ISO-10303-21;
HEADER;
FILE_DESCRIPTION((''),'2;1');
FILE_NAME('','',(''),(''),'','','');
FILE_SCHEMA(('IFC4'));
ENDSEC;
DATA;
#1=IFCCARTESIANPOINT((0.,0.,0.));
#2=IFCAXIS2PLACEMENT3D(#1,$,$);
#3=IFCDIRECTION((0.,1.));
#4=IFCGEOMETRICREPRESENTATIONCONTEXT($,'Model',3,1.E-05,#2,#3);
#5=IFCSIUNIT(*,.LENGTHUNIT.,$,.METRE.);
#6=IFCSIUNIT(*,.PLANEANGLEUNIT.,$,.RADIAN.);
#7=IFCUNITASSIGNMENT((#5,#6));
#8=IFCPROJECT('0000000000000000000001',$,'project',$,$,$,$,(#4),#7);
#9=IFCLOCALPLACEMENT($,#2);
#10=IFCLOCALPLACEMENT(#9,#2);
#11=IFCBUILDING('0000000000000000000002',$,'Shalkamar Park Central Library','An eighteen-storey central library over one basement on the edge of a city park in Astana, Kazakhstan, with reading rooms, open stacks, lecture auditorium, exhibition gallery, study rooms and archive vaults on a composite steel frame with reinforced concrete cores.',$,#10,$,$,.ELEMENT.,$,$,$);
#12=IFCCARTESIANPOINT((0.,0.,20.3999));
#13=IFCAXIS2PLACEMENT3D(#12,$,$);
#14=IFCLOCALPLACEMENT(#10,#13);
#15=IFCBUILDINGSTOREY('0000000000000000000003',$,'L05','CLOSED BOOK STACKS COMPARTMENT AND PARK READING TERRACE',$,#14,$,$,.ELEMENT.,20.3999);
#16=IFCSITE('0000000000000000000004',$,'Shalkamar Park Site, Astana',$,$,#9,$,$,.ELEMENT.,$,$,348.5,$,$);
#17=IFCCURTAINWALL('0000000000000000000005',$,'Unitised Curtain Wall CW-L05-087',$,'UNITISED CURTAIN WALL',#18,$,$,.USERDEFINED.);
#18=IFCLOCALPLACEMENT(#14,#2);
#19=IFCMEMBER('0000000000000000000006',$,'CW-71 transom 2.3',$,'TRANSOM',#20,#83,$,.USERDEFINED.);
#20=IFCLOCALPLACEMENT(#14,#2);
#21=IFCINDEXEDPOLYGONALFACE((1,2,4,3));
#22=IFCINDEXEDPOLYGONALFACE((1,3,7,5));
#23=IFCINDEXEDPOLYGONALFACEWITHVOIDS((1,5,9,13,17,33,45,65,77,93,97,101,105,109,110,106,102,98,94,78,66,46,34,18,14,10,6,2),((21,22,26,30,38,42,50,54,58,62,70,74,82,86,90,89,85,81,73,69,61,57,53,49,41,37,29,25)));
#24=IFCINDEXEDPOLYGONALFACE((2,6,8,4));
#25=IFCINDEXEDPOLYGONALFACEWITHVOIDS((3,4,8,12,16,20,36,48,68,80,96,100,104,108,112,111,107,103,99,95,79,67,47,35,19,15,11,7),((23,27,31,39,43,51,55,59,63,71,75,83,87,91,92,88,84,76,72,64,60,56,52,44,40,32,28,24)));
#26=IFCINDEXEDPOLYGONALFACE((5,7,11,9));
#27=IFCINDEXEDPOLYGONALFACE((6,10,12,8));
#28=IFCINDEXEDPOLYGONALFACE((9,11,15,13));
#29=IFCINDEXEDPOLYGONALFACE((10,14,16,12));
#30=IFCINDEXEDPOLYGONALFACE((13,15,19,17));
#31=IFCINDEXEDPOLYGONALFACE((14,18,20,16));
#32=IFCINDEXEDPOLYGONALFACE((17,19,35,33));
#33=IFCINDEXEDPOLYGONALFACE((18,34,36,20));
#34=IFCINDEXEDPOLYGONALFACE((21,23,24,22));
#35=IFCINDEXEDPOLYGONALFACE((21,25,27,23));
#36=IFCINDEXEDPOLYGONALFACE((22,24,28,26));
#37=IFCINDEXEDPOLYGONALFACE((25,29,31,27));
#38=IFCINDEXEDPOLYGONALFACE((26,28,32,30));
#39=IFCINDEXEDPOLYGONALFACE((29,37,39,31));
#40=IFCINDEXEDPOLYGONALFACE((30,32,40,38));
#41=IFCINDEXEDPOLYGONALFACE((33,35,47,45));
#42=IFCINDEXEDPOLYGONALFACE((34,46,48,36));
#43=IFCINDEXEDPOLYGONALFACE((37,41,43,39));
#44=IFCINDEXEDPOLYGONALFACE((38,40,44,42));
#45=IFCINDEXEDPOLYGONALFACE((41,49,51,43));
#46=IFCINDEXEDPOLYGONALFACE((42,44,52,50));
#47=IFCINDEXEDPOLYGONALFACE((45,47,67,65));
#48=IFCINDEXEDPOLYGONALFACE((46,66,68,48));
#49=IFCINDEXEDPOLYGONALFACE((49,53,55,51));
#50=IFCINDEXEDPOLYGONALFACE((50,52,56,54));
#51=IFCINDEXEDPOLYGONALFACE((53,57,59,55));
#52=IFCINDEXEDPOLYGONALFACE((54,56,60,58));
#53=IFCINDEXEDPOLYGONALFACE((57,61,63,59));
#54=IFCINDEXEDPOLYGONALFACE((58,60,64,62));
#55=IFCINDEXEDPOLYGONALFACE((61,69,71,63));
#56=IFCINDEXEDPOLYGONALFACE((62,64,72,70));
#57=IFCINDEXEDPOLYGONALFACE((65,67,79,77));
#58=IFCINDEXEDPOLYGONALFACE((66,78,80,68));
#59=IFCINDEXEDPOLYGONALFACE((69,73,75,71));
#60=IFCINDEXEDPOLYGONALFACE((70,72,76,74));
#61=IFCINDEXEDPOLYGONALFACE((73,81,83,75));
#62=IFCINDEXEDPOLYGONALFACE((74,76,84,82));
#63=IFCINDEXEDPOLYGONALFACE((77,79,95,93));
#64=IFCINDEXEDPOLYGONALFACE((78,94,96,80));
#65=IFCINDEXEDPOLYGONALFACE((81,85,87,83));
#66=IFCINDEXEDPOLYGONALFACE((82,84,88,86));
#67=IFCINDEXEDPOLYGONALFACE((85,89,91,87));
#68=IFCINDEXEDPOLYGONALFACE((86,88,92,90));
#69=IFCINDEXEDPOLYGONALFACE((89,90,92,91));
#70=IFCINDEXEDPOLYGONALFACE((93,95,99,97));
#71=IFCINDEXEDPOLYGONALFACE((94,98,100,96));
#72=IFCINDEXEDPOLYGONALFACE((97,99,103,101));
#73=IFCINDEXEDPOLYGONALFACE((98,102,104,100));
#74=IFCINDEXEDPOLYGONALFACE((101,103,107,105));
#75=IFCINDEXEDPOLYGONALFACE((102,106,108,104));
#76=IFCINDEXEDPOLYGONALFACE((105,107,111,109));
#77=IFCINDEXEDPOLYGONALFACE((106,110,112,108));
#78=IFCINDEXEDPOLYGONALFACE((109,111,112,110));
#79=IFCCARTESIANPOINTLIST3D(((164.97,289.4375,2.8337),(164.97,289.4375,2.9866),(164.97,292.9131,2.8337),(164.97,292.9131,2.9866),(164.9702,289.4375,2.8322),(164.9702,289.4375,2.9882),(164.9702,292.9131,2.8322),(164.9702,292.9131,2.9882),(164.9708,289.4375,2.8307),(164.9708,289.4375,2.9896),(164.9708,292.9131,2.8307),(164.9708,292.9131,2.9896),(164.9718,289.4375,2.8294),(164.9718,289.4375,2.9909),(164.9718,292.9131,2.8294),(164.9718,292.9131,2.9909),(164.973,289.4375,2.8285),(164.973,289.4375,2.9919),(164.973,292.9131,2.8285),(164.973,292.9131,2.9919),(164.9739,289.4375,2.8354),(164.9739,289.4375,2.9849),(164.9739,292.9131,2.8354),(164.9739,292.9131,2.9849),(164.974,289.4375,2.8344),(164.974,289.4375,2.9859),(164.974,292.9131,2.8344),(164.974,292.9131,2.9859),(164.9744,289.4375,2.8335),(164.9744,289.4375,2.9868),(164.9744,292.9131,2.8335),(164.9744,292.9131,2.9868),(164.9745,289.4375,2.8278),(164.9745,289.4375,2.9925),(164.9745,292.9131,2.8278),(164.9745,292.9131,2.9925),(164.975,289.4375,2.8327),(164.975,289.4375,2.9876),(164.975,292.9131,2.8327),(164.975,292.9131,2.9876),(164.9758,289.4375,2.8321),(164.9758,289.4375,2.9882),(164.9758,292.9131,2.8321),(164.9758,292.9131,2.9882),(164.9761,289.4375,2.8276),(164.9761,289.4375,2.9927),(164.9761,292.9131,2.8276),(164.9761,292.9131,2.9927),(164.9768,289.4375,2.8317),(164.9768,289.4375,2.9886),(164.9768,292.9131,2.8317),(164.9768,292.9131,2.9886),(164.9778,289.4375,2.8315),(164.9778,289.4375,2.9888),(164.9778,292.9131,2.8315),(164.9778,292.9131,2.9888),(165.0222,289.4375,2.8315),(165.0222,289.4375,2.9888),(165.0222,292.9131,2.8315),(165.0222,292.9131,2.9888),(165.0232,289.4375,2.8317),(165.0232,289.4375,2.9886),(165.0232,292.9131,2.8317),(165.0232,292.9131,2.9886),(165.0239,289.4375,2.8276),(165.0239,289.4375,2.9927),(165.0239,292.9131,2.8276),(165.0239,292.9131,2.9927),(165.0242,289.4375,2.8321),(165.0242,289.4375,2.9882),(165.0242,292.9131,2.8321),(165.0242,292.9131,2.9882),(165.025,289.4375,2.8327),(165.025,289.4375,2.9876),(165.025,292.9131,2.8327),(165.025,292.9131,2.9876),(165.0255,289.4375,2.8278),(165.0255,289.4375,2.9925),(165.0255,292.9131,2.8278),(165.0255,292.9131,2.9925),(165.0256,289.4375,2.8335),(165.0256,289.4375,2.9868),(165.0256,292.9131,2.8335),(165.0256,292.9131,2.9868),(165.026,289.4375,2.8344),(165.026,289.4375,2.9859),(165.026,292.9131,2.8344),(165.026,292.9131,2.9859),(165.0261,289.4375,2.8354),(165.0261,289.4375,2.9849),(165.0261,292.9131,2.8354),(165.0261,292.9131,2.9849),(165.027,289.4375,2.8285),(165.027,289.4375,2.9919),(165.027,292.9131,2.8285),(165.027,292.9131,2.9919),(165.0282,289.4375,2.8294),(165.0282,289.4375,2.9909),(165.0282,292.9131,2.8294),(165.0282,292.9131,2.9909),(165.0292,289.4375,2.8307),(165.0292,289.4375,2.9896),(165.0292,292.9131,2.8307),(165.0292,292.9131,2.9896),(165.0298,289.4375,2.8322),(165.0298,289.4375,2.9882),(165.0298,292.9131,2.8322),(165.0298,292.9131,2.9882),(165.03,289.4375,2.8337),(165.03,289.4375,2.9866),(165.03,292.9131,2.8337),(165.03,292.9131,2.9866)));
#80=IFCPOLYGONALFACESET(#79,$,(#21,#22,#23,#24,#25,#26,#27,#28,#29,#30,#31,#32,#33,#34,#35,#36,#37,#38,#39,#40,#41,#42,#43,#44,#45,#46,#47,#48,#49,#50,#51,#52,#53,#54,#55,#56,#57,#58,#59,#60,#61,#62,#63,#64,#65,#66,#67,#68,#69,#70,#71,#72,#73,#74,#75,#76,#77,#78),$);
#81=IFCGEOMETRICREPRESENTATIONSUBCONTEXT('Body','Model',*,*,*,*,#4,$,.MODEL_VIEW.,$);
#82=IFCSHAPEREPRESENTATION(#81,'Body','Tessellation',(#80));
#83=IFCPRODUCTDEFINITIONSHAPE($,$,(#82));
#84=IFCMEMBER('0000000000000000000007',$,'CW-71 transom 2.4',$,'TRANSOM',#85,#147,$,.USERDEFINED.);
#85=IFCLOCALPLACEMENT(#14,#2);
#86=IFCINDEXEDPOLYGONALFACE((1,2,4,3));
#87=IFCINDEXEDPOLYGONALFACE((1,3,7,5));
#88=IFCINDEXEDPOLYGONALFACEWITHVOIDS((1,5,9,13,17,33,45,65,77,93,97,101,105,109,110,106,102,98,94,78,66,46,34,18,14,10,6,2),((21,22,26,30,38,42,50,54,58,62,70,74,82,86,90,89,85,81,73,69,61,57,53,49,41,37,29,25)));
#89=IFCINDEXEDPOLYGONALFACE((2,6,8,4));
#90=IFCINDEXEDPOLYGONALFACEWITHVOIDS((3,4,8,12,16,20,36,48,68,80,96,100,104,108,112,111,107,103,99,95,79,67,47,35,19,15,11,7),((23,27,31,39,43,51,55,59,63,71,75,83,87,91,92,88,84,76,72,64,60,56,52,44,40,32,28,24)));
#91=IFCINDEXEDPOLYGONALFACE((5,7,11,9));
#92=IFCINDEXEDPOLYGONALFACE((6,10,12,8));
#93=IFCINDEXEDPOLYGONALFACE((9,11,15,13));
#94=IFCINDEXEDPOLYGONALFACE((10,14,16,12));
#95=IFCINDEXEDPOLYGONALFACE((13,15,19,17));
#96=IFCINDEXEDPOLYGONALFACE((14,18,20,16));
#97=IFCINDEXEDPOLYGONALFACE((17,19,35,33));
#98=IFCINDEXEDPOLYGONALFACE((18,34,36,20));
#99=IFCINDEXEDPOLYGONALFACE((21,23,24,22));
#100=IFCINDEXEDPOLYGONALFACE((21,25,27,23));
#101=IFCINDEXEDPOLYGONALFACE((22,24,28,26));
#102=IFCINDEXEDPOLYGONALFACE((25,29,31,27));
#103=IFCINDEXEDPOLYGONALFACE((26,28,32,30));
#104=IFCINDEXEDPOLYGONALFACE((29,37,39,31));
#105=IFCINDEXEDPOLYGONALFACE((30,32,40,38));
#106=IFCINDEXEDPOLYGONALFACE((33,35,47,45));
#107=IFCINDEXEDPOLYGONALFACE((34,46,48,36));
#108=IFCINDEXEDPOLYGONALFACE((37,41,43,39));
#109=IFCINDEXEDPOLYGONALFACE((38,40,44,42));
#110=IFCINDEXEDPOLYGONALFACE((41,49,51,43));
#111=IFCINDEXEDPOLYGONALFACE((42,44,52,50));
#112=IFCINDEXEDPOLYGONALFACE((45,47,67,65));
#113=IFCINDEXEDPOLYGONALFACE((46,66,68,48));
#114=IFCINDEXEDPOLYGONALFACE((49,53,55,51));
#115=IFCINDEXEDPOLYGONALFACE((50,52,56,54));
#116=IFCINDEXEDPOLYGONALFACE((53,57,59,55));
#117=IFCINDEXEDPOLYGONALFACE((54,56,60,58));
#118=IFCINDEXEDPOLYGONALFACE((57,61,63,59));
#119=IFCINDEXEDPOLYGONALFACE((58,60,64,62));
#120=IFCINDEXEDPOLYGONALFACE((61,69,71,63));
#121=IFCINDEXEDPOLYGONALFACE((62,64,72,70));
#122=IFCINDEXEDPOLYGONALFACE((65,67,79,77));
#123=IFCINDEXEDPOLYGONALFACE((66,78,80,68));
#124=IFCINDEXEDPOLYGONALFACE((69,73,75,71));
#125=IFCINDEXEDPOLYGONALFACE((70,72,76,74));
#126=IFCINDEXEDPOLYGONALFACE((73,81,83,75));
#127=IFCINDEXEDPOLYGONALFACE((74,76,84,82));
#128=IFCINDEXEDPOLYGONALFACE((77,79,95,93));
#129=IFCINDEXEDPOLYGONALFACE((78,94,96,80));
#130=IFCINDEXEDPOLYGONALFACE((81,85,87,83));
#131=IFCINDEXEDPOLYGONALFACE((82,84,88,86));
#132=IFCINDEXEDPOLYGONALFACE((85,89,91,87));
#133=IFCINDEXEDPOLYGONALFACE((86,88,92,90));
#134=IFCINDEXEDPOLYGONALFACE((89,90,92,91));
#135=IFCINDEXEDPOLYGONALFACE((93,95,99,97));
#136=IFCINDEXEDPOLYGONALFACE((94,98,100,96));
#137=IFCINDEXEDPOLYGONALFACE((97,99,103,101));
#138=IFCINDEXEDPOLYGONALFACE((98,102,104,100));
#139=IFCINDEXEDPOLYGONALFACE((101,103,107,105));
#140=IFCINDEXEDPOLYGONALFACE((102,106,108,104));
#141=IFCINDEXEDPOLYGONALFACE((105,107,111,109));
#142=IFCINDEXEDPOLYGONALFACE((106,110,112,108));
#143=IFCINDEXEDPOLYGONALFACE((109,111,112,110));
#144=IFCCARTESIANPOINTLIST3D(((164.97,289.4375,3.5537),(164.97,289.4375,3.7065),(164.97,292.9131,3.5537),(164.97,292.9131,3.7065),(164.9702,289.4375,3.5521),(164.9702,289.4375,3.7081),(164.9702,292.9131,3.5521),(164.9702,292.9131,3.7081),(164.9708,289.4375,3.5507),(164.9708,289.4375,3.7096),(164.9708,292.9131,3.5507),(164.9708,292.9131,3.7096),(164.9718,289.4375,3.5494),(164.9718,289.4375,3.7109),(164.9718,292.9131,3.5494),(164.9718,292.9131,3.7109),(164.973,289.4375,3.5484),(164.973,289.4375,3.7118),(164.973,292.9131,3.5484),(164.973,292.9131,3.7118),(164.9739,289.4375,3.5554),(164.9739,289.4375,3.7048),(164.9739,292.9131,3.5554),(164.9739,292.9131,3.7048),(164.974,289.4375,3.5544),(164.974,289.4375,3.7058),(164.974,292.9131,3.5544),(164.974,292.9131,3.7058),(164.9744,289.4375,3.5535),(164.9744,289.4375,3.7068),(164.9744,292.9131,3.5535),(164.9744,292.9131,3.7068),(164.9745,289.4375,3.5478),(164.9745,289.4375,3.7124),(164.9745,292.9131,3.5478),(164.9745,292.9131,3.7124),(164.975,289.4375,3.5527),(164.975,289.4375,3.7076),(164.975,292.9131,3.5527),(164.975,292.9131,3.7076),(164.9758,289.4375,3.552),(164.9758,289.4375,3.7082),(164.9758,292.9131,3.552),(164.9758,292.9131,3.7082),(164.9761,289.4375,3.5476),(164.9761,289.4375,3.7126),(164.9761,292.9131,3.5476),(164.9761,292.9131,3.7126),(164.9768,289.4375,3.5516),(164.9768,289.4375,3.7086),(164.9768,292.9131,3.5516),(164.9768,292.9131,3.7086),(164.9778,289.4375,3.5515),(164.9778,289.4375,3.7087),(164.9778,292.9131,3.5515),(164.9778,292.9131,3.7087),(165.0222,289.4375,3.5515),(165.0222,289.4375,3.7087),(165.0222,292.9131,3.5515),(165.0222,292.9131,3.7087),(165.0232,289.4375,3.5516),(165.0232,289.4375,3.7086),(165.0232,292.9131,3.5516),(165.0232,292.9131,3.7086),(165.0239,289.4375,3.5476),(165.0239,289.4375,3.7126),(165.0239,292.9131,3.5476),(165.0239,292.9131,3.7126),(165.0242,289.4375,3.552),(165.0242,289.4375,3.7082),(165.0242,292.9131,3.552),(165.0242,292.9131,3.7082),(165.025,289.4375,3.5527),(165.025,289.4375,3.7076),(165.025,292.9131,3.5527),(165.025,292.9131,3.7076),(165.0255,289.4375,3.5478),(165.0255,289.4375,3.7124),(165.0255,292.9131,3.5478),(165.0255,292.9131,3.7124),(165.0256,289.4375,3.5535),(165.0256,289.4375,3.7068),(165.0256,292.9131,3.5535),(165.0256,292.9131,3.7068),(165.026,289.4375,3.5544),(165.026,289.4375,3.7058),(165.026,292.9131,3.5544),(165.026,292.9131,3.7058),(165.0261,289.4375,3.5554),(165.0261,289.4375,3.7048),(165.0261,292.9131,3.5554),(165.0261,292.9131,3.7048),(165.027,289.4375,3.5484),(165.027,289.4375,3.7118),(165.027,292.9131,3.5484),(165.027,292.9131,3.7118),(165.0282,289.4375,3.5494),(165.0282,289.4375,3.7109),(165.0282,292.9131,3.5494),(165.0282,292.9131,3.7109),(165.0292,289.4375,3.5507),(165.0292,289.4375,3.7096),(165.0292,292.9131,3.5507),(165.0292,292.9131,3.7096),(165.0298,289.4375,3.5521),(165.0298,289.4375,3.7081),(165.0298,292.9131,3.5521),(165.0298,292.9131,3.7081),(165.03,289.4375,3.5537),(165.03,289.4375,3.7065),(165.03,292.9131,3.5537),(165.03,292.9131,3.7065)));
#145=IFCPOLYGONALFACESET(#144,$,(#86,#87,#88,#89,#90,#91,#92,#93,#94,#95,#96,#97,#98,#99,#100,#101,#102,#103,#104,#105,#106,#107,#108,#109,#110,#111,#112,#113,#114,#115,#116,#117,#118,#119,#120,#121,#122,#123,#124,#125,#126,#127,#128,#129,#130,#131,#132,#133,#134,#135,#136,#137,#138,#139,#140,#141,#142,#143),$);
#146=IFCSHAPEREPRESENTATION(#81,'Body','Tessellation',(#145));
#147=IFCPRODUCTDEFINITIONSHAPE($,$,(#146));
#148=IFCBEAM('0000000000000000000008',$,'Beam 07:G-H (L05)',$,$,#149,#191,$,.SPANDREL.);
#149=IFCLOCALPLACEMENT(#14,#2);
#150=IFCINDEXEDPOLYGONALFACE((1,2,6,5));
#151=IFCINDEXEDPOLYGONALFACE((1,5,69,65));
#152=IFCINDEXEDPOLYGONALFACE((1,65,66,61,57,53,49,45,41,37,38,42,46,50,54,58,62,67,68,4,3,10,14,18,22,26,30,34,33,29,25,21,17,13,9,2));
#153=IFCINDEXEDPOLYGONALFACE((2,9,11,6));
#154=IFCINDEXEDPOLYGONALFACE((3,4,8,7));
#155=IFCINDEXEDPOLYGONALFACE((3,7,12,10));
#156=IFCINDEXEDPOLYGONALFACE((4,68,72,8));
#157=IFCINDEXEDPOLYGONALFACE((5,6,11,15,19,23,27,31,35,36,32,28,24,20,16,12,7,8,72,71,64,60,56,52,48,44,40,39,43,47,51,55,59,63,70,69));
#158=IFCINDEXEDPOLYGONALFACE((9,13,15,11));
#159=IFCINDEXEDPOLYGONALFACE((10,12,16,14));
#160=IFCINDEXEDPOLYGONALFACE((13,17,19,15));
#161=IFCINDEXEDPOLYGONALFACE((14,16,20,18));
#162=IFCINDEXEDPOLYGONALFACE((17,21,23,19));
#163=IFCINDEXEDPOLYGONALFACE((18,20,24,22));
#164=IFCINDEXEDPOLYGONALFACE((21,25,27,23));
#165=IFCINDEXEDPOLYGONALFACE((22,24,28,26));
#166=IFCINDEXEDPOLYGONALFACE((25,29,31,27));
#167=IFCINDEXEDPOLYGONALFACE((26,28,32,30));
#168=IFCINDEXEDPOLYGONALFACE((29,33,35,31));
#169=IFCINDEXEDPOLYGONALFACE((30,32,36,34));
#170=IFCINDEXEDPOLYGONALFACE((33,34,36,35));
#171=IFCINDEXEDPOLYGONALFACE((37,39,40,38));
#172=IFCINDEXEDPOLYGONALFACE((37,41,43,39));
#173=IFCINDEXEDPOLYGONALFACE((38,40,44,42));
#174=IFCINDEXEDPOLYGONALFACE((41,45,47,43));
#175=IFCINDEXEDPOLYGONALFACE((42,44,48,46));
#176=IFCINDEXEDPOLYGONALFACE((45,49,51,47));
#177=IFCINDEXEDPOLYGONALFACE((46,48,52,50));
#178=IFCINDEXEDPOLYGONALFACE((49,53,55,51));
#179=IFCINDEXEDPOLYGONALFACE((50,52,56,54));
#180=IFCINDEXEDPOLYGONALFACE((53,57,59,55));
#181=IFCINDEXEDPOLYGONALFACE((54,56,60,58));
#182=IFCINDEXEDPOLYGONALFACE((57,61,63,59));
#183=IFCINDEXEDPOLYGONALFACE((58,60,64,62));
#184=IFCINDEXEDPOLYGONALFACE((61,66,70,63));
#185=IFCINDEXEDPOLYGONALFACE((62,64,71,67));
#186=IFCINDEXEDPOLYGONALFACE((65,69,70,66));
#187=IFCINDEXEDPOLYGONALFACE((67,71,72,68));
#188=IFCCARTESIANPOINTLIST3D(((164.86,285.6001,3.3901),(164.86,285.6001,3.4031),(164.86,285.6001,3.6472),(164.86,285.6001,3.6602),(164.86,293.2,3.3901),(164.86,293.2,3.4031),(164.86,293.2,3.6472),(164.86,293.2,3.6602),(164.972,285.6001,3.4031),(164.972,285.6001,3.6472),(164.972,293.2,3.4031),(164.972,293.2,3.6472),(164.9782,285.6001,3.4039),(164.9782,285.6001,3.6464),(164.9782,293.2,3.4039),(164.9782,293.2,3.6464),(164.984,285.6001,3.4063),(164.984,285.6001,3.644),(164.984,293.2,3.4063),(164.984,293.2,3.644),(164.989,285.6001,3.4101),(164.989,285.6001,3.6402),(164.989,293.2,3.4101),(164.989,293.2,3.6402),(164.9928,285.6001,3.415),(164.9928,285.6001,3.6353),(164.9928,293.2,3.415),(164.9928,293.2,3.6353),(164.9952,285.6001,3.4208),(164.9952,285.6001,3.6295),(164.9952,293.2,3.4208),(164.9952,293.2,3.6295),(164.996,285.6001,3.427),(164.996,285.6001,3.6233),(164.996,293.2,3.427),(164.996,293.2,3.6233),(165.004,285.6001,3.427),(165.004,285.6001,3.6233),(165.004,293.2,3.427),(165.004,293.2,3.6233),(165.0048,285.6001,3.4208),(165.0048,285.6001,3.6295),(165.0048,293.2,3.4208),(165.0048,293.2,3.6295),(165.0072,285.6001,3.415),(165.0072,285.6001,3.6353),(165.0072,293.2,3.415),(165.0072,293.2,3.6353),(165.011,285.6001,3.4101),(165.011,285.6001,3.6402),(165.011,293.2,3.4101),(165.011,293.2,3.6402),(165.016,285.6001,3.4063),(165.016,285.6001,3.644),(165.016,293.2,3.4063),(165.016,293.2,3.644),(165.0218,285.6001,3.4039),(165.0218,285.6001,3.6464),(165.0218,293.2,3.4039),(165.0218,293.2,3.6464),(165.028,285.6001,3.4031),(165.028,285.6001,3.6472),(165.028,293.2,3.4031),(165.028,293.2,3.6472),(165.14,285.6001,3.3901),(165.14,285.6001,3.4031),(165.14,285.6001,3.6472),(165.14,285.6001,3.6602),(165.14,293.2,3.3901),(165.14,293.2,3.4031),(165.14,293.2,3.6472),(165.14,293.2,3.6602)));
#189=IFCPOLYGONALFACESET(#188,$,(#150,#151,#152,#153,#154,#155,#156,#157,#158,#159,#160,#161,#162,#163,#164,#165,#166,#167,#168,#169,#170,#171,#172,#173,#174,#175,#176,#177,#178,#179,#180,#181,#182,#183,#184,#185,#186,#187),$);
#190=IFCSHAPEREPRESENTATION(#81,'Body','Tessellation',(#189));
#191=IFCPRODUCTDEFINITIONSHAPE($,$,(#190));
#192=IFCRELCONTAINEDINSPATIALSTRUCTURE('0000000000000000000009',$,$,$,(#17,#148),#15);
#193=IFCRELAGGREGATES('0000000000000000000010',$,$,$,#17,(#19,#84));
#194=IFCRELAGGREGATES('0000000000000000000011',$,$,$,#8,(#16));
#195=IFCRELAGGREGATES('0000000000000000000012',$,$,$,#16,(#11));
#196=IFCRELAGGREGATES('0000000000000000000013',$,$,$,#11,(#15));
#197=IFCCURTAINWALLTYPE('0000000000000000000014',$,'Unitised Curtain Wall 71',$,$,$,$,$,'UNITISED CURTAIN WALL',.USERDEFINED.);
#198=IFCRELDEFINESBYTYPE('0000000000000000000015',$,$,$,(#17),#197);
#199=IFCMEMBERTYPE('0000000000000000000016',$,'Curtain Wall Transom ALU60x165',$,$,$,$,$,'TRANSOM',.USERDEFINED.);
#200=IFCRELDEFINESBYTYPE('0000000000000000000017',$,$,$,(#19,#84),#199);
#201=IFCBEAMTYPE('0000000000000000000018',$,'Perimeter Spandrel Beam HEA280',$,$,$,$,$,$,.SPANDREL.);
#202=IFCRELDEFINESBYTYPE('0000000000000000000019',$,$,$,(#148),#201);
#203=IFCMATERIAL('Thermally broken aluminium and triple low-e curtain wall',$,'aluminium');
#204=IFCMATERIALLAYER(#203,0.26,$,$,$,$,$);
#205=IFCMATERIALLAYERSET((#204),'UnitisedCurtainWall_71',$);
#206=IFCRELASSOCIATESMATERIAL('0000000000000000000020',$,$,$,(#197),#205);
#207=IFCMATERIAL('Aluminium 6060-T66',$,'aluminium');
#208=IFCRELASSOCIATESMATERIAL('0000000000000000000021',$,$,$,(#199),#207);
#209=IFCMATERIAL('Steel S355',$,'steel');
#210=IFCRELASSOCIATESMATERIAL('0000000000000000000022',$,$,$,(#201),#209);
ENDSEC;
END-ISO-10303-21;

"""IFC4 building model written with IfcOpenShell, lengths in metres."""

from ifc_helpers import new_model, si_unit, direction, frame, origin, origin_2d, place, context, subcontext, project, spatial, hollow_rectangle, i_section, extrude, material, layer, layer_set, material_profile, profile_set, type_object, element, aggregate, save


model = new_model("IFC4")

# Units and contexts
model_context = context("Model", 3, precision=1e-05, world=origin(), true_north=direction((0.0, 1.0)))
body_context = subcontext(model_context, "Body", "Model", "MODEL_VIEW")
ifc_project = project(units=[si_unit("LENGTHUNIT", "METRE"), si_unit("PLANEANGLEUNIT", "RADIAN")], contexts=[model_context])

# Site, building, storey
site_placement = place(None, origin())
site = spatial("IfcSite", under=ifc_project, at=site_placement, Name="Shalkamar Park Site, Astana", CompositionType="ELEMENT", RefElevation=348.5)
building_placement = place(site_placement, origin())
building = spatial("IfcBuilding", under=site, at=building_placement, Name="Shalkamar Park Central Library", Description="An eighteen-storey central library over one basement on the edge of a city park in Astana, Kazakhstan, with reading rooms, open stacks, lecture auditorium, exhibition gallery, study rooms and archive vaults on a composite steel frame with reinforced concrete cores.", CompositionType="ELEMENT")
storey_placement = place(building_placement, frame((0.0, 0.0, 20.3999)))
storey = spatial("IfcBuildingStorey", under=building, at=storey_placement, Name="L05", Description="CLOSED BOOK STACKS COMPARTMENT AND PARK READING TERRACE", CompositionType="ELEMENT", Elevation=20.3999)

# Shared definitions
ifc_material_1 = material(Name="Steel S355", Category="steel")

# Curtain wall, members
ifc_material_2 = material(Name="Thermally broken aluminium and triple low-e curtain wall", Category="aluminium")
ifc_layer_1 = layer(ifc_material_2, 0.26)
ifc_layer_set_1 = layer_set([ifc_layer_1], Name="UnitisedCurtainWall_71")
curtain_wall_type = type_object("IfcCurtainWallType", Name="Unitised Curtain Wall 71", ElementType="UNITISED CURTAIN WALL", PredefinedType="USERDEFINED", material=ifc_layer_set_1)
curtain_wall_placement = place(storey_placement, origin())
curtain_wall = element("IfcCurtainWall", 1, at=curtain_wall_placement, inside=storey, type_object=curtain_wall_type, Name="Unitised Curtain Wall CW-L05-087", ObjectType="UNITISED CURTAIN WALL", PredefinedType="USERDEFINED")
ifc_material_3 = material(Name="Aluminium 6060-T66", Category="aluminium")
ifc_material_profile_1 = material_profile(ifc_material_3, hollow_rectangle(XDim=0.0601, YDim=0.165, WallThickness=0.0039, InnerFilletRadius=0.0039, OuterFilletRadius=0.0061, at=origin_2d()), Name="ALU 60x165x4")
ifc_profile_set_1 = profile_set([ifc_material_profile_1], Name="Aluminium 6060-T66")
member_type_1 = type_object("IfcMemberType", Name="Curtain Wall Transom ALU60x165", ElementType="TRANSOM", PredefinedType="USERDEFINED", material=ifc_profile_set_1)
member_1_placement = place(storey_placement, frame((165.0, 289.4375, 2.9102), z_axis=(0.0, 1.0, 0.0), x_axis=(-1.0, 0.0, 0.0)))
member_1 = element("IfcMember", 2, at=member_1_placement, type_object=member_type_1, Name="CW-71 transom 2.3", ObjectType="TRANSOM", PredefinedType="USERDEFINED", context=body_context, shape_type="SweptSolid", body=[
    extrude(hollow_rectangle(XDim=0.0601, YDim=0.165, WallThickness=0.0039, InnerFilletRadius=0.0039, OuterFilletRadius=0.0061, at=origin_2d()), origin(), (0.0, 0.0, 1.0), 3.4756),
])
member_2_placement = place(storey_placement, frame((165.0, 289.4375, 3.6301), z_axis=(0.0, 1.0, 0.0), x_axis=(-1.0, 0.0, 0.0)))
member_2 = element("IfcMember", 3, at=member_2_placement, type_object=member_type_1, Name="CW-71 transom 2.4", ObjectType="TRANSOM", PredefinedType="USERDEFINED", context=body_context, shape_type="SweptSolid", body=[
    extrude(hollow_rectangle(XDim=0.0601, YDim=0.165, WallThickness=0.0039, InnerFilletRadius=0.0039, OuterFilletRadius=0.0061, at=origin_2d()), origin(), (0.0, 0.0, 1.0), 3.4756),
])

# Beam
ifc_material_profile_2 = material_profile(ifc_material_1, i_section(OverallWidth=0.28, OverallDepth=0.27, WebThickness=0.0081, FlangeThickness=0.0129, FilletRadius=0.0239, at=origin_2d()), Name="HEA 280")
ifc_profile_set_2 = profile_set([ifc_material_profile_2], Name="Steel S355")
beam_type_1 = type_object("IfcBeamType", Name="Perimeter Spandrel Beam HEA280", PredefinedType="SPANDREL", material=ifc_profile_set_2)
beam_1_placement = place(storey_placement, frame((165.0, 285.6001, 3.5251), z_axis=(0.0, 1.0, 0.0), x_axis=(-1.0, 0.0, 0.0)))
element("IfcBeam", 4, at=beam_1_placement, inside=storey, type_object=beam_type_1, Name="Beam 07:G-H (L05)", PredefinedType="SPANDREL", context=body_context, shape_type="SweptSolid", body=[
    extrude(i_section(OverallWidth=0.28, OverallDepth=0.27, WebThickness=0.0081, FlangeThickness=0.0129, FilletRadius=0.0239, at=origin_2d()), origin(), (0.0, 0.0, 1.0), 7.5999),
])

aggregate(curtain_wall, [member_1, member_2])

save(model, "model.ifc")
